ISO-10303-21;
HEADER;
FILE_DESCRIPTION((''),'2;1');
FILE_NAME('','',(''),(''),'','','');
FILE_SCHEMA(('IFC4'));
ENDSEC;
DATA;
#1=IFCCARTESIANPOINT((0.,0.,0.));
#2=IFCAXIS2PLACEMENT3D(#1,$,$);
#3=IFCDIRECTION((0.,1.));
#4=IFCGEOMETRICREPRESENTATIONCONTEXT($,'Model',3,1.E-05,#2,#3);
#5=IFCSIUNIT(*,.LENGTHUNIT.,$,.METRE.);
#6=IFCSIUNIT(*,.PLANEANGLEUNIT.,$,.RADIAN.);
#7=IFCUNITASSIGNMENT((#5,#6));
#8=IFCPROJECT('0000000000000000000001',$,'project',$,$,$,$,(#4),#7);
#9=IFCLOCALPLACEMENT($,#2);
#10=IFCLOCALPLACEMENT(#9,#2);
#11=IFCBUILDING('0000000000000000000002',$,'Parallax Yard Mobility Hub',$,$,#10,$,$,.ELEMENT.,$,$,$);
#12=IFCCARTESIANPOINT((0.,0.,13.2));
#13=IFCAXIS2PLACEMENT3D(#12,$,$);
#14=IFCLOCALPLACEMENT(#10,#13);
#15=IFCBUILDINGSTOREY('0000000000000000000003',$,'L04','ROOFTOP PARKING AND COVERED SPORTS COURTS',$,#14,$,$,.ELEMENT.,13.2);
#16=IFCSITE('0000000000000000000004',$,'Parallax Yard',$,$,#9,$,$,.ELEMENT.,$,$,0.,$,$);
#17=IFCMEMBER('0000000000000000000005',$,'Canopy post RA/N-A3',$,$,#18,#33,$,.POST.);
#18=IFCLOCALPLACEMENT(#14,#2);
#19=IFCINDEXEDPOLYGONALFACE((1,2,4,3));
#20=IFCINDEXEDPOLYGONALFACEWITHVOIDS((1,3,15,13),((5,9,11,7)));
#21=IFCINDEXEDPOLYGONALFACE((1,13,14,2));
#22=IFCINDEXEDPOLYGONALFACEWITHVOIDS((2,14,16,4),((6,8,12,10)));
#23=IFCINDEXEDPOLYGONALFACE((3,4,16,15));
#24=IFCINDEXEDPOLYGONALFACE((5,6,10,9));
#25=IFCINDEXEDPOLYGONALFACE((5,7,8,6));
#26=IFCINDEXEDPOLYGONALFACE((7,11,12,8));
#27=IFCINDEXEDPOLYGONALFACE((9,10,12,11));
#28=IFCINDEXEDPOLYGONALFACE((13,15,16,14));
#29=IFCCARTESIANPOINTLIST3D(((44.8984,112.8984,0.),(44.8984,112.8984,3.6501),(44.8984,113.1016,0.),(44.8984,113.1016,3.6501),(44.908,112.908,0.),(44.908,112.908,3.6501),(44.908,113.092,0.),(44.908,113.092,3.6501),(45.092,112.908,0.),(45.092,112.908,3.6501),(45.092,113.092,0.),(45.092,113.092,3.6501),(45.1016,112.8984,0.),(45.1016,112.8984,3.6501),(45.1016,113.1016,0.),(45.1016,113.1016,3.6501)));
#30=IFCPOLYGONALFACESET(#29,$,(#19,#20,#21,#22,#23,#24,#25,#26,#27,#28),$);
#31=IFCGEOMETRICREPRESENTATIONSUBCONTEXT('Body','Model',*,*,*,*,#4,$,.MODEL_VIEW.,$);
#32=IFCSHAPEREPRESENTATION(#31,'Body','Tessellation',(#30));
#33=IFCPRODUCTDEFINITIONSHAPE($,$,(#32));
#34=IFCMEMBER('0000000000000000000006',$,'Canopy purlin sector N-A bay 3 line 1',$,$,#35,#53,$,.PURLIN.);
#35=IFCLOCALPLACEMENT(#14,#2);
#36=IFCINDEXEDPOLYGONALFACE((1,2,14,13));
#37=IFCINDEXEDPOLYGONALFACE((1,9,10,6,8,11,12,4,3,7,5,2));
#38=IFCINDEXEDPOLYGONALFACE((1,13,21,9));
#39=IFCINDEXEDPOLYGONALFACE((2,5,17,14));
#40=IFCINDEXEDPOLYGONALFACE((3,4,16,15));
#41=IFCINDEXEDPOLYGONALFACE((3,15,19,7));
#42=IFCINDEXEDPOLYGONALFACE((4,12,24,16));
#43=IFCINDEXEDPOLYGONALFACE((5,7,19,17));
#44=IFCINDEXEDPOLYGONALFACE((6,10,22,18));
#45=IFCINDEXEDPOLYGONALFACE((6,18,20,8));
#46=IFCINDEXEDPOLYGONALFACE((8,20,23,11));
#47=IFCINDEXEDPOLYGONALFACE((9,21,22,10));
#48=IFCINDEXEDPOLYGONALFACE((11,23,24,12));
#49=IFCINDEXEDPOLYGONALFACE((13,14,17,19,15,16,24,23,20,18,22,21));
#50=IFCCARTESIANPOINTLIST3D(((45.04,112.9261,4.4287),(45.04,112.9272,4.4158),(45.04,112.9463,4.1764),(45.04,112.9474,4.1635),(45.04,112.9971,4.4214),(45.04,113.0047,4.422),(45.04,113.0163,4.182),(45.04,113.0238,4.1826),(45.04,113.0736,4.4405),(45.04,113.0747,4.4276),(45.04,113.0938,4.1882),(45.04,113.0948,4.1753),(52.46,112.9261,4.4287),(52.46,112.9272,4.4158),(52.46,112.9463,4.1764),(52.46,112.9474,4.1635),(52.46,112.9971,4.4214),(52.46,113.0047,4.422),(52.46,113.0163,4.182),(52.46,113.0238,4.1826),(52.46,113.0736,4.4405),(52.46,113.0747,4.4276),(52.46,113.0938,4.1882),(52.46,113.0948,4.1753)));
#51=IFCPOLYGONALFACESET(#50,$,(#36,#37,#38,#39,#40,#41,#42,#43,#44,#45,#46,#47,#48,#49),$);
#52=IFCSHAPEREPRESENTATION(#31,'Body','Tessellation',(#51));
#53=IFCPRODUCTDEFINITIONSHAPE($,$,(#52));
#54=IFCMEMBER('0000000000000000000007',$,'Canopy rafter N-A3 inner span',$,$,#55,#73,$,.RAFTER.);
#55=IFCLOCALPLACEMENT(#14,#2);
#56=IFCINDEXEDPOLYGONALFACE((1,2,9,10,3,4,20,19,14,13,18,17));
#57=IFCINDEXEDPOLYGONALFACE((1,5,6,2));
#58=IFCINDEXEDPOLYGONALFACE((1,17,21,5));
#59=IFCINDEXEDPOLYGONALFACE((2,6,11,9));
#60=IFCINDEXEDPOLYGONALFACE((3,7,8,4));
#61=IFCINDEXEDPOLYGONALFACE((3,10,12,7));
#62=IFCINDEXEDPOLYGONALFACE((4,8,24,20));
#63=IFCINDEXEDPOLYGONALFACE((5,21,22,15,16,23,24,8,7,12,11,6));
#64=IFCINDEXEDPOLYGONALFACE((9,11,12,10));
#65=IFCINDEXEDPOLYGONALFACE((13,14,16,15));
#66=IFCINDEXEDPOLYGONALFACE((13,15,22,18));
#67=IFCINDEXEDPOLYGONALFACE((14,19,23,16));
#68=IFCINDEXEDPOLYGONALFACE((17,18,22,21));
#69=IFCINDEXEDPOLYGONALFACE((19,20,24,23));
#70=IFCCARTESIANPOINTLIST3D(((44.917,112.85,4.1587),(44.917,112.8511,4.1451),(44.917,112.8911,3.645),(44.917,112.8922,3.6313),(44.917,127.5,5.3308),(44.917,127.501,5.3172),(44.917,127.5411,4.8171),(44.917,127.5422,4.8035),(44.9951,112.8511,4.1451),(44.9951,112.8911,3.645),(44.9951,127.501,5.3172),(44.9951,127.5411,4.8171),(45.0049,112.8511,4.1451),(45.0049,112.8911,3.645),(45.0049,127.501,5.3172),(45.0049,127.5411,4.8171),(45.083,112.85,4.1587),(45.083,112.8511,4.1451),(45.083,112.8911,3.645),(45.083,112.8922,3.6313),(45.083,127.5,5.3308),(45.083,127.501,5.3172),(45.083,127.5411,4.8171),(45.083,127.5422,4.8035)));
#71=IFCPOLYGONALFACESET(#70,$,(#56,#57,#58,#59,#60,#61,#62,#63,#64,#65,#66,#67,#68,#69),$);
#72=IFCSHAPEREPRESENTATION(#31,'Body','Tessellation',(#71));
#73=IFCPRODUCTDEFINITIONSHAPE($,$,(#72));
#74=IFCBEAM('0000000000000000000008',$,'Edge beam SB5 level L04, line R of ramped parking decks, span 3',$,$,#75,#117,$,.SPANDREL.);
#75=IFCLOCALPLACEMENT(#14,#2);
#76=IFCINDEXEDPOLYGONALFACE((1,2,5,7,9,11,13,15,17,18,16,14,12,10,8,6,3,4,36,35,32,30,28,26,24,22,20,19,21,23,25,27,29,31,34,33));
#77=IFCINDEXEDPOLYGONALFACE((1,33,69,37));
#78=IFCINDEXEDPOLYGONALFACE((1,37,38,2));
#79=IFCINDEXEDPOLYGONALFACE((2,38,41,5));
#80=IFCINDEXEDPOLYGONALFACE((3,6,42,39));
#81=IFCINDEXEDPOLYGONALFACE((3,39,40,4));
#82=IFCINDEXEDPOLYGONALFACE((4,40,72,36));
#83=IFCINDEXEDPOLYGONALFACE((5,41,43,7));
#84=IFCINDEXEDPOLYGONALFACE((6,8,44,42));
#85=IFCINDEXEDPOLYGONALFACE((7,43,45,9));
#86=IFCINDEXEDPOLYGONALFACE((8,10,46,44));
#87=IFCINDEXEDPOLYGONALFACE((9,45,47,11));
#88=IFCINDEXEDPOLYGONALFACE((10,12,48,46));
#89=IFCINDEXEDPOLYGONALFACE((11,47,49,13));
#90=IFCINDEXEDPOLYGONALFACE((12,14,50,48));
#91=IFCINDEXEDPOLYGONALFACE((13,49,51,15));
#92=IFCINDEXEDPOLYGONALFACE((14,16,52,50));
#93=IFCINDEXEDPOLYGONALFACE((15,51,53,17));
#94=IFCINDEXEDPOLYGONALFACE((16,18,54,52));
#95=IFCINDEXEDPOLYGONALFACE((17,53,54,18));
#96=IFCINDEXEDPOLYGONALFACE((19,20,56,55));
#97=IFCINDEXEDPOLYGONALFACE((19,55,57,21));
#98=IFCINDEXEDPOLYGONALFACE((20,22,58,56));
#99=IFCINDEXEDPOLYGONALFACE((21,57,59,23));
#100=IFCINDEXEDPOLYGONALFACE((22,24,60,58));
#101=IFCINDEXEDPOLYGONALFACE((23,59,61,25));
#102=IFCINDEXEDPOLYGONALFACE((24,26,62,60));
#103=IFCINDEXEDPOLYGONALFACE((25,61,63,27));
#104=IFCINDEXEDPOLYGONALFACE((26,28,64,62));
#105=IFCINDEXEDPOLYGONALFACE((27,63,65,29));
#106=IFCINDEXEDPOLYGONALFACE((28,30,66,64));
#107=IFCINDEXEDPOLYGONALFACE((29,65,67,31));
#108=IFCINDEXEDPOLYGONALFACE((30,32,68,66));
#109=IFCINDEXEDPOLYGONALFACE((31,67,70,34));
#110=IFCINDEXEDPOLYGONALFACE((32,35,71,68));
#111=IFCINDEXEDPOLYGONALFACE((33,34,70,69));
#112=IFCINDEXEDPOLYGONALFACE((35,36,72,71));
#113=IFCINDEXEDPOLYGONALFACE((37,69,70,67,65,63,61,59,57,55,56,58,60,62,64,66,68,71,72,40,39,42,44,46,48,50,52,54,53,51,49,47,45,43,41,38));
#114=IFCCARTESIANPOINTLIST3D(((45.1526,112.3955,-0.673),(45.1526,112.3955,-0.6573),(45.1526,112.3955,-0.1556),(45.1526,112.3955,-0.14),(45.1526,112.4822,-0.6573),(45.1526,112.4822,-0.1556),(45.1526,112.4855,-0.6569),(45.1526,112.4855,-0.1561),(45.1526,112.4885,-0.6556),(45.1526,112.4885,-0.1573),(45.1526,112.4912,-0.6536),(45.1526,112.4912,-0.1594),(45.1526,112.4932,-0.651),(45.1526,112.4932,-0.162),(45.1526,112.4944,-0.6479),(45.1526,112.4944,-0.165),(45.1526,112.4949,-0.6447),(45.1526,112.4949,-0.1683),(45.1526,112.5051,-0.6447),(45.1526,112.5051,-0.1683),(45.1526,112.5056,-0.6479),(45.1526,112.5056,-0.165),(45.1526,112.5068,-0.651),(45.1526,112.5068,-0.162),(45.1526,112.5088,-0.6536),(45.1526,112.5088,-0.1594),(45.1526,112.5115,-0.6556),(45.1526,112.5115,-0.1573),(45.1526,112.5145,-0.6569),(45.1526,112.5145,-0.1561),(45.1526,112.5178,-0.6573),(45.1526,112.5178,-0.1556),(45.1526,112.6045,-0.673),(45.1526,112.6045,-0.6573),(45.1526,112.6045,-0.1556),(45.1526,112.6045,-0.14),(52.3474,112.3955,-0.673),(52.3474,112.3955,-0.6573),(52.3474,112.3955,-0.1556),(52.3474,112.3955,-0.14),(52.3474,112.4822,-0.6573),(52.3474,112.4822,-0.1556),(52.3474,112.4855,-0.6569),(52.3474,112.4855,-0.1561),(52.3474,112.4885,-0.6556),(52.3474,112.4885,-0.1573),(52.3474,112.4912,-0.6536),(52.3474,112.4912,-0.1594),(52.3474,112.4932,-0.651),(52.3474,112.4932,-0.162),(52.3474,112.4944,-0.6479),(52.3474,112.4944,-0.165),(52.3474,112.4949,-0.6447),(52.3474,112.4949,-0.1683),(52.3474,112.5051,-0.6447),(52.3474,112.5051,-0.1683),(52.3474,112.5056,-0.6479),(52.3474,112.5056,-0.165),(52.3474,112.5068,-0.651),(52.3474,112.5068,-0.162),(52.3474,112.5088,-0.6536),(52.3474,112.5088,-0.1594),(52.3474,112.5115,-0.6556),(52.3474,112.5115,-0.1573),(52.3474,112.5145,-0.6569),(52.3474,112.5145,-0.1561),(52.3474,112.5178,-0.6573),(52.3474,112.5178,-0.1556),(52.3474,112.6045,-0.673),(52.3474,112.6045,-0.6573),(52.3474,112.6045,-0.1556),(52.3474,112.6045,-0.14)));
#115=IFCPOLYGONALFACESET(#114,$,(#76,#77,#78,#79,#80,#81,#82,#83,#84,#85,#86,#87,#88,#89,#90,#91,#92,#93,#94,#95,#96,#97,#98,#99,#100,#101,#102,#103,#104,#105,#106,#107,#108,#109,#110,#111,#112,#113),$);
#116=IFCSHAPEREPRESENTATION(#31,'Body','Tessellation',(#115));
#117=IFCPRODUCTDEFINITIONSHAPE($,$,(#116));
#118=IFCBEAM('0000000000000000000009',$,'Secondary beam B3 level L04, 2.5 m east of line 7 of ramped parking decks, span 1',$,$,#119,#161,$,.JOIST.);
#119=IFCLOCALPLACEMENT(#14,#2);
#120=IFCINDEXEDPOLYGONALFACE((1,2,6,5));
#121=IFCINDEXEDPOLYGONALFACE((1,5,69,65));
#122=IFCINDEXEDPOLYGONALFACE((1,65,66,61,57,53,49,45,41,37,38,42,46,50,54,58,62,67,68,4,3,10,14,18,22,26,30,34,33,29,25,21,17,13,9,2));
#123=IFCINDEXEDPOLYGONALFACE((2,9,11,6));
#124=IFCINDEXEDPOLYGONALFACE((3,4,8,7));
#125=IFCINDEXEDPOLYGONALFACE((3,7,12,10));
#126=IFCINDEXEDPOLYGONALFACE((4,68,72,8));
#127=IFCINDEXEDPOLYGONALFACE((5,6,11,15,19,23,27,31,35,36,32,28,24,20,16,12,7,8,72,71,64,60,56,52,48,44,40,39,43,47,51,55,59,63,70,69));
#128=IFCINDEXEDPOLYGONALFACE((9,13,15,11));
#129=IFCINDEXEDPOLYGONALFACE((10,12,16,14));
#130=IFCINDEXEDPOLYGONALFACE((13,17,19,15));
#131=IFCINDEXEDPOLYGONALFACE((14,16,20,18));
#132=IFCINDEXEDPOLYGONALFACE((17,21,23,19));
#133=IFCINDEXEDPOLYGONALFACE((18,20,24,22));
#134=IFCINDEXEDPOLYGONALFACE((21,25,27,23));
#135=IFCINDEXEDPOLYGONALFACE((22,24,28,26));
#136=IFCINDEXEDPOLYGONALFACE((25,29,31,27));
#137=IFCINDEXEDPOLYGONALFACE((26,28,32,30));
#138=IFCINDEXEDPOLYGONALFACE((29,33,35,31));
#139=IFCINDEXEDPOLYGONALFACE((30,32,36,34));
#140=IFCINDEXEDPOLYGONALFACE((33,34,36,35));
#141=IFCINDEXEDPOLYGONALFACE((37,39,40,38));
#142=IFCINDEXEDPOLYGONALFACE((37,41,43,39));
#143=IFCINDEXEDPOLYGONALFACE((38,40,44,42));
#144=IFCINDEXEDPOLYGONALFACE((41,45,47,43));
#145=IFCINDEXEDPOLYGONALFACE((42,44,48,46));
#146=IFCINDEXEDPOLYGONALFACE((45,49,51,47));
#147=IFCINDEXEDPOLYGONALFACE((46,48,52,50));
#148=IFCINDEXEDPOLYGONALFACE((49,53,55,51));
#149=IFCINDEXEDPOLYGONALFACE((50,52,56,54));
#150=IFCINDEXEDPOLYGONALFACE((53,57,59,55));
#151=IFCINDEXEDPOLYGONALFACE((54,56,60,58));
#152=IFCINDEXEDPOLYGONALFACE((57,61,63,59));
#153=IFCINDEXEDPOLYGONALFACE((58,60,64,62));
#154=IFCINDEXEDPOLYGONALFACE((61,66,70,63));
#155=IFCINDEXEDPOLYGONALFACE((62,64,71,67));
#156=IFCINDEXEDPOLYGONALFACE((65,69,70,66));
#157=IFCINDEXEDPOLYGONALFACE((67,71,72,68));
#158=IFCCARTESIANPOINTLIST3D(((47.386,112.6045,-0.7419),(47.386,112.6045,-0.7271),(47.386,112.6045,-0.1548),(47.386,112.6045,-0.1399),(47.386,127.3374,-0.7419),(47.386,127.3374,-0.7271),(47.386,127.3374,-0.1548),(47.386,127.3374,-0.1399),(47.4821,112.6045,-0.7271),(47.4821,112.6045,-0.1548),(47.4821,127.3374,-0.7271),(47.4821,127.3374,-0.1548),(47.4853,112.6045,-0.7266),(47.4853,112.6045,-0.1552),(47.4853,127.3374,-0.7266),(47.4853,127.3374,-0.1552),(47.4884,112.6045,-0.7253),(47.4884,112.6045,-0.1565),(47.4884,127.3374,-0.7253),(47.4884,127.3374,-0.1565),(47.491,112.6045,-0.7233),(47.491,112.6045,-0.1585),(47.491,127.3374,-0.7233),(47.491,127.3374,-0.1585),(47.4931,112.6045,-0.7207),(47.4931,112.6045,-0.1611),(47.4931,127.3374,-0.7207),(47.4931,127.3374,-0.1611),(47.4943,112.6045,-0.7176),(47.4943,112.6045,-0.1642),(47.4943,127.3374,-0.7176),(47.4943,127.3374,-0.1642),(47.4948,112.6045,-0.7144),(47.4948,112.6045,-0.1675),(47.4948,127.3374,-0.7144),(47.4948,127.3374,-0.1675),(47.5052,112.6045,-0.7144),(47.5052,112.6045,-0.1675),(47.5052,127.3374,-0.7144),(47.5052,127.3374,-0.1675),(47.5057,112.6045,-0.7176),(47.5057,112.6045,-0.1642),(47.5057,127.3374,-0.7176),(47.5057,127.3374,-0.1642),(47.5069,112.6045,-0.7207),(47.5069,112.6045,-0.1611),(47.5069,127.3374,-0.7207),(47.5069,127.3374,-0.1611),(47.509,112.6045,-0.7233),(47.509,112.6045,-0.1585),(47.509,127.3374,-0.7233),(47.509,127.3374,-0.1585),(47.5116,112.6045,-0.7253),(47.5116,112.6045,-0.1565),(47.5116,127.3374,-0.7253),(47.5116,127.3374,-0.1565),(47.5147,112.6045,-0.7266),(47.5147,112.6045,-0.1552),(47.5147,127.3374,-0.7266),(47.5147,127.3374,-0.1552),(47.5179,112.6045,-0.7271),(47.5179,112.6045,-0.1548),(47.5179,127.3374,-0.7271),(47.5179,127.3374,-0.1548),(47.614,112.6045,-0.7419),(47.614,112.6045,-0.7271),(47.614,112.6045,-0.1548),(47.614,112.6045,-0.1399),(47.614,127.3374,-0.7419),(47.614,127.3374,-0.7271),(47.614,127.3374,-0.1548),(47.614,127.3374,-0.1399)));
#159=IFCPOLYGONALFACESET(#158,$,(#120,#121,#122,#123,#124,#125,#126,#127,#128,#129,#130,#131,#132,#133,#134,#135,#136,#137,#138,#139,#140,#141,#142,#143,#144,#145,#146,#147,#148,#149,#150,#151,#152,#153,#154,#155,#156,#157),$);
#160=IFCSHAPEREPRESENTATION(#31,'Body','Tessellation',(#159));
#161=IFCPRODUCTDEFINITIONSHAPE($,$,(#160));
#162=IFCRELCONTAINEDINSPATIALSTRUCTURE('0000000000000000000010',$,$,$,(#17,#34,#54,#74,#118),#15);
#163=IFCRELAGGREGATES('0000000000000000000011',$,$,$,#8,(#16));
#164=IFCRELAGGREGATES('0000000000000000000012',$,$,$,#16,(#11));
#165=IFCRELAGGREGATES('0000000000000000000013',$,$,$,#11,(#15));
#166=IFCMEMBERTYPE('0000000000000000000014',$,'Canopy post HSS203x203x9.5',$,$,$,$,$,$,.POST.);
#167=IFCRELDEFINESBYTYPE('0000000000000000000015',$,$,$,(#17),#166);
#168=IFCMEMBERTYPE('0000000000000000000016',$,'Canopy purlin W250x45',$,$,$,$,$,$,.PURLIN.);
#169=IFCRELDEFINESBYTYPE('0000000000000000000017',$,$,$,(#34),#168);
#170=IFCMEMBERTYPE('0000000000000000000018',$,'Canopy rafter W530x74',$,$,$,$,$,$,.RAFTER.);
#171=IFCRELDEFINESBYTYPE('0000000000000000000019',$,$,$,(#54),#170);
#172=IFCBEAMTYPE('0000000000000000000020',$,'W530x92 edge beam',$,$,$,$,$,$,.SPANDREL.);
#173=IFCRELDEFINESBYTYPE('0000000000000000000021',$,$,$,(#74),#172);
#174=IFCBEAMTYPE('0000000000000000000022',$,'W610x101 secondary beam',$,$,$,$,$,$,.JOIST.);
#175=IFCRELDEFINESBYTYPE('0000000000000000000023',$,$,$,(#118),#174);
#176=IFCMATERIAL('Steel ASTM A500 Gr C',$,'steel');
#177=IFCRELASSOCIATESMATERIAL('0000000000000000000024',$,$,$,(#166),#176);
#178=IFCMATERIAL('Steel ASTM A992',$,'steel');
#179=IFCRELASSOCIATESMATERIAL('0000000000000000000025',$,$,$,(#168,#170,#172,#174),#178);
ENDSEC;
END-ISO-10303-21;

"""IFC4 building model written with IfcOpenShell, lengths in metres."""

from ifc_helpers import new_model, si_unit, direction, frame, origin, origin_2d, place, context, subcontext, project, spatial, hollow_rectangle, i_section, extrude, material, material_profile, profile_set, type_object, element, save


model = new_model("IFC4")

# Units and contexts
model_context = context("Model", 3, precision=1e-05, world=origin(), true_north=direction((0.0, 1.0)))
body_context = subcontext(model_context, "Body", "Model", "MODEL_VIEW")
ifc_project = project(units=[si_unit("LENGTHUNIT", "METRE"), si_unit("PLANEANGLEUNIT", "RADIAN")], contexts=[model_context])

# Site, building, storey
site_placement = place(None, origin())
site = spatial("IfcSite", under=ifc_project, at=site_placement, Name="Parallax Yard", CompositionType="ELEMENT", RefElevation=0.0)
building_placement = place(site_placement, origin())
building = spatial("IfcBuilding", under=site, at=building_placement, Name="Parallax Yard Mobility Hub", CompositionType="ELEMENT")
storey_placement = place(building_placement, frame((0.0, 0.0, 13.2)))
storey = spatial("IfcBuildingStorey", under=building, at=storey_placement, Name="L04", Description="ROOFTOP PARKING AND COVERED SPORTS COURTS", CompositionType="ELEMENT", Elevation=13.2)

# Members
ifc_material_1 = material(Name="Steel ASTM A500 Gr C", Category="steel")
ifc_material_profile_1 = material_profile(ifc_material_1, hollow_rectangle(XDim=0.2031, YDim=0.2031, WallThickness=0.0095, at=origin_2d()), Name="HSS203x203x9.5")
ifc_profile_set_1 = profile_set([ifc_material_profile_1], Name="Steel ASTM A500 Gr C")
member_type_1 = type_object("IfcMemberType", Name="Canopy post HSS203x203x9.5", PredefinedType="POST", material=ifc_profile_set_1)
member_1_placement = place(storey_placement, frame((45.0, 113.0, 0.0), z_axis=(0.0, 0.0, 1.0), x_axis=(1.0, 0.0, 0.0)))
element("IfcMember", 1, at=member_1_placement, inside=storey, type_object=member_type_1, Name="Canopy post RA/N-A3", PredefinedType="POST", context=body_context, shape_type="SweptSolid", body=[
    extrude(hollow_rectangle(XDim=0.2031, YDim=0.2031, WallThickness=0.0095, at=origin_2d()), origin(), (0.0, 0.0, 1.0), 3.6501),
])
ifc_material_2 = material(Name="Steel ASTM A992", Category="steel")
ifc_material_profile_2 = material_profile(ifc_material_2, i_section(OverallWidth=0.1479, OverallDepth=0.2661, WebThickness=0.0076, FlangeThickness=0.0129, at=origin_2d()), Name="W250x45")
ifc_profile_set_2 = profile_set([ifc_material_profile_2], Name="Steel ASTM A992")
member_type_2 = type_object("IfcMemberType", Name="Canopy purlin W250x45", PredefinedType="PURLIN", material=ifc_profile_set_2)
member_2_placement = place(storey_placement, frame((45.04, 113.0105, 4.302), z_axis=(1.0, 0.0, 0.0), x_axis=(0.0, 0.996815, 0.079745)))
element("IfcMember", 2, at=member_2_placement, inside=storey, type_object=member_type_2, Name="Canopy purlin sector N-A bay 3 line 1", PredefinedType="PURLIN", context=body_context, shape_type="SweptSolid", body=[
    extrude(i_section(OverallWidth=0.1479, OverallDepth=0.2661, WebThickness=0.0076, FlangeThickness=0.0129, at=origin_2d()), origin(), (0.0, 0.0, 1.0), 7.4199),
])
ifc_material_profile_3 = material_profile(ifc_material_2, i_section(OverallWidth=0.166, OverallDepth=0.5291, WebThickness=0.0098, FlangeThickness=0.0137, at=origin_2d()), Name="W530x74")
ifc_profile_set_3 = profile_set([ifc_material_profile_3], Name="Steel ASTM A992")
member_type_3 = type_object("IfcMemberType", Name="Canopy rafter W530x74", PredefinedType="RAFTER", material=ifc_profile_set_3)
member_3_placement = place(storey_placement, frame((45.0, 112.8711, 3.895), z_axis=(0.0, 0.996815, 0.079754), x_axis=(-1.0, 0.0, 0.0)))
element("IfcMember", 3, at=member_3_placement, inside=storey, type_object=member_type_3, Name="Canopy rafter N-A3 inner span", PredefinedType="RAFTER", context=body_context, shape_type="SweptSolid", body=[
    extrude(i_section(OverallWidth=0.166, OverallDepth=0.5291, WebThickness=0.0098, FlangeThickness=0.0137, at=origin_2d()), origin(), (0.0, 0.0, 1.0), 14.6968),
])

# Beams
ifc_material_profile_4 = material_profile(ifc_material_2, i_section(OverallWidth=0.209, OverallDepth=0.533, WebThickness=0.0103, FlangeThickness=0.0156, FilletRadius=0.0127, at=origin_2d()), Name="W530x92")
ifc_profile_set_4 = profile_set([ifc_material_profile_4], Name="Steel ASTM A992")
beam_type_1 = type_object("IfcBeamType", Name="W530x92 edge beam", PredefinedType="SPANDREL", material=ifc_profile_set_4)
beam_1_placement = place(storey_placement, frame((45.1526, 112.5, -0.4065), z_axis=(1.0, 0.0, 0.0), x_axis=(0.0, 1.0, 0.0)))
element("IfcBeam", 4, at=beam_1_placement, inside=storey, type_object=beam_type_1, Name="Edge beam SB5 level L04, line R of ramped parking decks, span 3", PredefinedType="SPANDREL", context=body_context, shape_type="SweptSolid", body=[
    extrude(i_section(OverallWidth=0.209, OverallDepth=0.533, WebThickness=0.0103, FlangeThickness=0.0156, FilletRadius=0.0127, at=origin_2d()), origin(), (0.0, 0.0, 1.0), 7.1948),
])
ifc_material_profile_5 = material_profile(ifc_material_2, i_section(OverallWidth=0.228, OverallDepth=0.6021, WebThickness=0.0105, FlangeThickness=0.0149, FilletRadius=0.0127, at=origin_2d()), Name="W610x101")
ifc_profile_set_5 = profile_set([ifc_material_profile_5], Name="Steel ASTM A992")
beam_type_2 = type_object("IfcBeamType", Name="W610x101 secondary beam", PredefinedType="JOIST", material=ifc_profile_set_5)
for number, where, z_axis, x_axis, name in (
    (5, (47.5, 112.6045, -0.4409), (0.0, 1.0, 0.0), (-1.0, 0.0, 0.0), "Secondary beam B3 level L04, 2.5 m east of line 7 of ramped parking decks, span 1"),
):
    element("IfcBeam", number, at=place(storey_placement, frame(where, z_axis=z_axis, x_axis=x_axis)), inside=storey, type_object=beam_type_2, Name=name, PredefinedType="JOIST", context=body_context, shape_type="SweptSolid", body=[
        extrude(i_section(OverallWidth=0.228, OverallDepth=0.6021, WebThickness=0.0105, FlangeThickness=0.0149, FilletRadius=0.0127, at=origin_2d()), origin(), (0.0, 0.0, 1.0), 14.7329),
    ])

save(model, "model.ifc")
